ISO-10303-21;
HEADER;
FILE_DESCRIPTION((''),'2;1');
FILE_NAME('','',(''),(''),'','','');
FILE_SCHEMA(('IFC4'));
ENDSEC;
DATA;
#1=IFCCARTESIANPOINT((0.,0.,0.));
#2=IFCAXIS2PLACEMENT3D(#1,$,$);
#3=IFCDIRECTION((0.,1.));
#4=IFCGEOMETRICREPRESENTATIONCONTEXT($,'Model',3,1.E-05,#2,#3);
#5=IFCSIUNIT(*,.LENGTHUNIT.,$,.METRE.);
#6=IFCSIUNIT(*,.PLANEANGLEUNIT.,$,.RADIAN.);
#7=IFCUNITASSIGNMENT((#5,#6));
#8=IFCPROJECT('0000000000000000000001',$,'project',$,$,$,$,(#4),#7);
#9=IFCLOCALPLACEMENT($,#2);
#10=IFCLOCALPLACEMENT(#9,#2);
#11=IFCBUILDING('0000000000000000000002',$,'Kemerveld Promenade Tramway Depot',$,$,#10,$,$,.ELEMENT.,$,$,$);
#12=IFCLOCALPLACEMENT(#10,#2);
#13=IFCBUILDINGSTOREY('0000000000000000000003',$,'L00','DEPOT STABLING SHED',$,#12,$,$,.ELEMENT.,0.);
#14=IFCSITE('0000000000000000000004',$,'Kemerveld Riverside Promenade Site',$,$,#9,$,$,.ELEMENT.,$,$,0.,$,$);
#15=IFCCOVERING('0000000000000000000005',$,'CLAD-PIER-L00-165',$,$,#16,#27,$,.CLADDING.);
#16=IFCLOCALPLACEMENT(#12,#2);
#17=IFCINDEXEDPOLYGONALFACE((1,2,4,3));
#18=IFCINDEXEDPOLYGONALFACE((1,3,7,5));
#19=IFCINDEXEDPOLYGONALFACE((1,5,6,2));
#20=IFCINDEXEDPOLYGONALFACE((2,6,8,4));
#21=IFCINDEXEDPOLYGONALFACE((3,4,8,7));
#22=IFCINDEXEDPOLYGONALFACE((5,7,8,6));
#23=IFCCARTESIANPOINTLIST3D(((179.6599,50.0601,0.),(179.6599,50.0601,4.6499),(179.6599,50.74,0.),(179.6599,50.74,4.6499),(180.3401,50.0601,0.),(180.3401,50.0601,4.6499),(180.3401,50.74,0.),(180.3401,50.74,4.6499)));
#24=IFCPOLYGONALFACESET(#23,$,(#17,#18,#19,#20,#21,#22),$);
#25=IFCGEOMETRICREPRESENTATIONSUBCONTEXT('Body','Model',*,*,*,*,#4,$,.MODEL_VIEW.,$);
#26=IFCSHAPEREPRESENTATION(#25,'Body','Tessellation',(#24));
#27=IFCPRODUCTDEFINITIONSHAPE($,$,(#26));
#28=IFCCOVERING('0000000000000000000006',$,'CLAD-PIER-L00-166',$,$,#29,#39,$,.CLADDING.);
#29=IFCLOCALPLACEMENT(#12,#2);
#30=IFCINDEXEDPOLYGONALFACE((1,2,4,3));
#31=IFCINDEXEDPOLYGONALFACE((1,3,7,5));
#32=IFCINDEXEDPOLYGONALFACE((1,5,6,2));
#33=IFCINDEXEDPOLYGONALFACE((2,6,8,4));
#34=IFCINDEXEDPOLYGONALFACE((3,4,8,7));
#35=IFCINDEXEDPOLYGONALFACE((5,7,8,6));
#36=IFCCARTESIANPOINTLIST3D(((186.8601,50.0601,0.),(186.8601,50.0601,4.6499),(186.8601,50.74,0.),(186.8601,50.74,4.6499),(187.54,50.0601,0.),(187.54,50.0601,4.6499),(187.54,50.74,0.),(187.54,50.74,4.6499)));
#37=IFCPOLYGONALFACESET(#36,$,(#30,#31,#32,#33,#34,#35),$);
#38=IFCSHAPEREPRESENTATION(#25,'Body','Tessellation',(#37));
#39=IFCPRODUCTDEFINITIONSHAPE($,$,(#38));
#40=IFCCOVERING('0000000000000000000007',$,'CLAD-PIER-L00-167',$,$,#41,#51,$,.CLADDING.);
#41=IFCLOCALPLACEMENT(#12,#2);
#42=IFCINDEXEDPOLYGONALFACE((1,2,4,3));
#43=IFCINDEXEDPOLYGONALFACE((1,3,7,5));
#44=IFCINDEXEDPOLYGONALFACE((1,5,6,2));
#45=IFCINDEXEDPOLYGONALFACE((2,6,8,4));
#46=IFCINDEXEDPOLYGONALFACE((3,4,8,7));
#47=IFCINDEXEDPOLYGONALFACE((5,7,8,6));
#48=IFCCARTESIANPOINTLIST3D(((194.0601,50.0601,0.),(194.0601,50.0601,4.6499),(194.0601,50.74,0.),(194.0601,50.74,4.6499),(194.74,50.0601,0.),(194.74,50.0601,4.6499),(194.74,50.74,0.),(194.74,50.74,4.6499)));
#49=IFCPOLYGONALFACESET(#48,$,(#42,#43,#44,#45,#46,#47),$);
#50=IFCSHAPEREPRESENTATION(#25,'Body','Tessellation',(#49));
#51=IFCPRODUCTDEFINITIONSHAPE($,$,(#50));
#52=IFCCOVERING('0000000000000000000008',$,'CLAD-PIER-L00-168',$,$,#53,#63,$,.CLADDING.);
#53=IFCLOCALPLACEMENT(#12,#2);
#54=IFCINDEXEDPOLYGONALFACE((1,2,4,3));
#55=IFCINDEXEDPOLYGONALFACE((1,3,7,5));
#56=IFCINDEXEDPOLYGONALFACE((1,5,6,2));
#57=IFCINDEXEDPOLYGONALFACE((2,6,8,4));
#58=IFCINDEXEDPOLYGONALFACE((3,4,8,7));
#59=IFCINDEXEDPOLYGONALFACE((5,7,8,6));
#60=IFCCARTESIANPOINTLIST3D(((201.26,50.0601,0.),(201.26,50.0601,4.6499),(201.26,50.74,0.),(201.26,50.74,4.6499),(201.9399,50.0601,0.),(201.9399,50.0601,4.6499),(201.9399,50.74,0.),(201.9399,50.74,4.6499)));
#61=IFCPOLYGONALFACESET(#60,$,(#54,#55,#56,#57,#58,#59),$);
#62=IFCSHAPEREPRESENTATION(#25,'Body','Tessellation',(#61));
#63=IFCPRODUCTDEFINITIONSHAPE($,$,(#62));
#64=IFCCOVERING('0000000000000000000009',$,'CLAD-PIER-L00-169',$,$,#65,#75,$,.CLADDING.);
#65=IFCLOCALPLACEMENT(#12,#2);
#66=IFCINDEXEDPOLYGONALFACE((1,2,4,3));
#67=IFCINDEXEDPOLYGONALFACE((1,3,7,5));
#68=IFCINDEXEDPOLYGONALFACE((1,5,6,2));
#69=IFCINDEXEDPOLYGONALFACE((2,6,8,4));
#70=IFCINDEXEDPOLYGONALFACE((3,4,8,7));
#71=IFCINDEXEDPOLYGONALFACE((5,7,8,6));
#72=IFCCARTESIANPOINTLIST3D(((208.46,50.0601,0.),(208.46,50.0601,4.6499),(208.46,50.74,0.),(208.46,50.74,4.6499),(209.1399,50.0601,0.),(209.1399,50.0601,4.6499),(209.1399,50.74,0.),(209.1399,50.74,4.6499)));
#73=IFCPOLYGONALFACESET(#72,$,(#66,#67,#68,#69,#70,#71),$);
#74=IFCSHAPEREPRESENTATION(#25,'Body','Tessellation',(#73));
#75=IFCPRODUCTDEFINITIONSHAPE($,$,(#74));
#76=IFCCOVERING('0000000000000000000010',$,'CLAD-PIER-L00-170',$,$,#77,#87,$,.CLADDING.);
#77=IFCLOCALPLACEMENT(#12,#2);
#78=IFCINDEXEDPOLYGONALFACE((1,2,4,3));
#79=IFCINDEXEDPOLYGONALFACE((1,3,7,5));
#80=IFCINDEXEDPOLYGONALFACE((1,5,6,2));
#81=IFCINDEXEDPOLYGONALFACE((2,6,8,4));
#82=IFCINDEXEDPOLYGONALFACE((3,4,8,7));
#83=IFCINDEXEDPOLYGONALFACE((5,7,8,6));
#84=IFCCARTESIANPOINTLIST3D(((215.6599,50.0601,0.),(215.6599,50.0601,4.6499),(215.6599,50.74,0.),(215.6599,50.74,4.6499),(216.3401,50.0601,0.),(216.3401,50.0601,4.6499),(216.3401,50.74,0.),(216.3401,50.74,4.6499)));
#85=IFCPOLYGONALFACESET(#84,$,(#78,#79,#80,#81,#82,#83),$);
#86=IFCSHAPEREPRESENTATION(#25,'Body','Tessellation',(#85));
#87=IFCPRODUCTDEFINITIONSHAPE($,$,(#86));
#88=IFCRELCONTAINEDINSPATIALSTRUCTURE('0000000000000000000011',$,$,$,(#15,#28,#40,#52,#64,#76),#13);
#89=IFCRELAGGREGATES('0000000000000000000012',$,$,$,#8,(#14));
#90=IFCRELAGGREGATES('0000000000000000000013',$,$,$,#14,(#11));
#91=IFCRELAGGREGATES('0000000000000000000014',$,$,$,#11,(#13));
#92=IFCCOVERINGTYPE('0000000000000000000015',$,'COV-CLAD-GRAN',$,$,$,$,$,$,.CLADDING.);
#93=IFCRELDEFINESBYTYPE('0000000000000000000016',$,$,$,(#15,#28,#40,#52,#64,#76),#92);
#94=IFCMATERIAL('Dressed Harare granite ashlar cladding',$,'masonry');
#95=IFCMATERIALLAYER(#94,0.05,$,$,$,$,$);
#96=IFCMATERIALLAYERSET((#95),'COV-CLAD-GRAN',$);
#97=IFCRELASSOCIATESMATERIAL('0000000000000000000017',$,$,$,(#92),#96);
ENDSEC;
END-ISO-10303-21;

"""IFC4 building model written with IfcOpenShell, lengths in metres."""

from ifc_helpers import new_model, si_unit, direction, origin, place, context, subcontext, project, spatial, polyline, outline, extrude, material, layer, layer_set, type_object, element, save


model = new_model("IFC4")

# Units and contexts
model_context = context("Model", 3, precision=1e-05, world=origin(), true_north=direction((0.0, 1.0)))
body_context = subcontext(model_context, "Body", "Model", "MODEL_VIEW")
ifc_project = project(units=[si_unit("LENGTHUNIT", "METRE"), si_unit("PLANEANGLEUNIT", "RADIAN")], contexts=[model_context])

# Site, building, storey
site_placement = place(None, origin())
site = spatial("IfcSite", under=ifc_project, at=site_placement, Name="Kemerveld Riverside Promenade Site", CompositionType="ELEMENT", RefElevation=0.0)
building_placement = place(site_placement, origin())
building = spatial("IfcBuilding", under=site, at=building_placement, Name="Kemerveld Promenade Tramway Depot", CompositionType="ELEMENT")
storey_placement = place(building_placement, origin())
storey = spatial("IfcBuildingStorey", under=building, at=storey_placement, Name="L00", Description="DEPOT STABLING SHED", CompositionType="ELEMENT", Elevation=0.0)

# Coverings
ifc_material = material(Name="Dressed Harare granite ashlar cladding", Category="masonry")
ifc_layer = layer(ifc_material, 0.05)
ifc_layer_set = layer_set([ifc_layer], Name="COV-CLAD-GRAN")
covering_type = type_object("IfcCoveringType", Name="COV-CLAD-GRAN", PredefinedType="CLADDING", material=ifc_layer_set)
covering_1_placement = place(storey_placement, origin())
element("IfcCovering", 1, at=covering_1_placement, inside=storey, type_object=covering_type, Name="CLAD-PIER-L00-165", PredefinedType="CLADDING", context=body_context, shape_type="SweptSolid", body=[
    extrude(outline(polyline([(179.6599, 50.0601), (180.3401, 50.0601), (180.3401, 50.74), (179.6599, 50.74), (179.6599, 50.0601)])), origin(), (0.0, 0.0, 1.0), 4.6499),
])
covering_2_placement = place(storey_placement, origin())
element("IfcCovering", 2, at=covering_2_placement, inside=storey, type_object=covering_type, Name="CLAD-PIER-L00-166", PredefinedType="CLADDING", context=body_context, shape_type="SweptSolid", body=[
    extrude(outline(polyline([(186.8601, 50.0601), (187.54, 50.0601), (187.54, 50.74), (186.8601, 50.74), (186.8601, 50.0601)])), origin(), (0.0, 0.0, 1.0), 4.6499),
])
covering_3_placement = place(storey_placement, origin())
element("IfcCovering", 3, at=covering_3_placement, inside=storey, type_object=covering_type, Name="CLAD-PIER-L00-167", PredefinedType="CLADDING", context=body_context, shape_type="SweptSolid", body=[
    extrude(outline(polyline([(194.0601, 50.0601), (194.74, 50.0601), (194.74, 50.74), (194.0601, 50.74), (194.0601, 50.0601)])), origin(), (0.0, 0.0, 1.0), 4.6499),
])
covering_4_placement = place(storey_placement, origin())
element("IfcCovering", 4, at=covering_4_placement, inside=storey, type_object=covering_type, Name="CLAD-PIER-L00-168", PredefinedType="CLADDING", context=body_context, shape_type="SweptSolid", body=[
    extrude(outline(polyline([(201.26, 50.0601), (201.9399, 50.0601), (201.9399, 50.74), (201.26, 50.74), (201.26, 50.0601)])), origin(), (0.0, 0.0, 1.0), 4.6499),
])
covering_5_placement = place(storey_placement, origin())
element("IfcCovering", 5, at=covering_5_placement, inside=storey, type_object=covering_type, Name="CLAD-PIER-L00-169", PredefinedType="CLADDING", context=body_context, shape_type="SweptSolid", body=[
    extrude(outline(polyline([(208.46, 50.0601), (209.1399, 50.0601), (209.1399, 50.74), (208.46, 50.74), (208.46, 50.0601)])), origin(), (0.0, 0.0, 1.0), 4.6499),
])
covering_6_placement = place(storey_placement, origin())
element("IfcCovering", 6, at=covering_6_placement, inside=storey, type_object=covering_type, Name="CLAD-PIER-L00-170", PredefinedType="CLADDING", context=body_context, shape_type="SweptSolid", body=[
    extrude(outline(polyline([(215.6599, 50.0601), (216.3401, 50.0601), (216.3401, 50.74), (215.6599, 50.74), (215.6599, 50.0601)])), origin(), (0.0, 0.0, 1.0), 4.6499),
])

save(model, "model.ifc")
